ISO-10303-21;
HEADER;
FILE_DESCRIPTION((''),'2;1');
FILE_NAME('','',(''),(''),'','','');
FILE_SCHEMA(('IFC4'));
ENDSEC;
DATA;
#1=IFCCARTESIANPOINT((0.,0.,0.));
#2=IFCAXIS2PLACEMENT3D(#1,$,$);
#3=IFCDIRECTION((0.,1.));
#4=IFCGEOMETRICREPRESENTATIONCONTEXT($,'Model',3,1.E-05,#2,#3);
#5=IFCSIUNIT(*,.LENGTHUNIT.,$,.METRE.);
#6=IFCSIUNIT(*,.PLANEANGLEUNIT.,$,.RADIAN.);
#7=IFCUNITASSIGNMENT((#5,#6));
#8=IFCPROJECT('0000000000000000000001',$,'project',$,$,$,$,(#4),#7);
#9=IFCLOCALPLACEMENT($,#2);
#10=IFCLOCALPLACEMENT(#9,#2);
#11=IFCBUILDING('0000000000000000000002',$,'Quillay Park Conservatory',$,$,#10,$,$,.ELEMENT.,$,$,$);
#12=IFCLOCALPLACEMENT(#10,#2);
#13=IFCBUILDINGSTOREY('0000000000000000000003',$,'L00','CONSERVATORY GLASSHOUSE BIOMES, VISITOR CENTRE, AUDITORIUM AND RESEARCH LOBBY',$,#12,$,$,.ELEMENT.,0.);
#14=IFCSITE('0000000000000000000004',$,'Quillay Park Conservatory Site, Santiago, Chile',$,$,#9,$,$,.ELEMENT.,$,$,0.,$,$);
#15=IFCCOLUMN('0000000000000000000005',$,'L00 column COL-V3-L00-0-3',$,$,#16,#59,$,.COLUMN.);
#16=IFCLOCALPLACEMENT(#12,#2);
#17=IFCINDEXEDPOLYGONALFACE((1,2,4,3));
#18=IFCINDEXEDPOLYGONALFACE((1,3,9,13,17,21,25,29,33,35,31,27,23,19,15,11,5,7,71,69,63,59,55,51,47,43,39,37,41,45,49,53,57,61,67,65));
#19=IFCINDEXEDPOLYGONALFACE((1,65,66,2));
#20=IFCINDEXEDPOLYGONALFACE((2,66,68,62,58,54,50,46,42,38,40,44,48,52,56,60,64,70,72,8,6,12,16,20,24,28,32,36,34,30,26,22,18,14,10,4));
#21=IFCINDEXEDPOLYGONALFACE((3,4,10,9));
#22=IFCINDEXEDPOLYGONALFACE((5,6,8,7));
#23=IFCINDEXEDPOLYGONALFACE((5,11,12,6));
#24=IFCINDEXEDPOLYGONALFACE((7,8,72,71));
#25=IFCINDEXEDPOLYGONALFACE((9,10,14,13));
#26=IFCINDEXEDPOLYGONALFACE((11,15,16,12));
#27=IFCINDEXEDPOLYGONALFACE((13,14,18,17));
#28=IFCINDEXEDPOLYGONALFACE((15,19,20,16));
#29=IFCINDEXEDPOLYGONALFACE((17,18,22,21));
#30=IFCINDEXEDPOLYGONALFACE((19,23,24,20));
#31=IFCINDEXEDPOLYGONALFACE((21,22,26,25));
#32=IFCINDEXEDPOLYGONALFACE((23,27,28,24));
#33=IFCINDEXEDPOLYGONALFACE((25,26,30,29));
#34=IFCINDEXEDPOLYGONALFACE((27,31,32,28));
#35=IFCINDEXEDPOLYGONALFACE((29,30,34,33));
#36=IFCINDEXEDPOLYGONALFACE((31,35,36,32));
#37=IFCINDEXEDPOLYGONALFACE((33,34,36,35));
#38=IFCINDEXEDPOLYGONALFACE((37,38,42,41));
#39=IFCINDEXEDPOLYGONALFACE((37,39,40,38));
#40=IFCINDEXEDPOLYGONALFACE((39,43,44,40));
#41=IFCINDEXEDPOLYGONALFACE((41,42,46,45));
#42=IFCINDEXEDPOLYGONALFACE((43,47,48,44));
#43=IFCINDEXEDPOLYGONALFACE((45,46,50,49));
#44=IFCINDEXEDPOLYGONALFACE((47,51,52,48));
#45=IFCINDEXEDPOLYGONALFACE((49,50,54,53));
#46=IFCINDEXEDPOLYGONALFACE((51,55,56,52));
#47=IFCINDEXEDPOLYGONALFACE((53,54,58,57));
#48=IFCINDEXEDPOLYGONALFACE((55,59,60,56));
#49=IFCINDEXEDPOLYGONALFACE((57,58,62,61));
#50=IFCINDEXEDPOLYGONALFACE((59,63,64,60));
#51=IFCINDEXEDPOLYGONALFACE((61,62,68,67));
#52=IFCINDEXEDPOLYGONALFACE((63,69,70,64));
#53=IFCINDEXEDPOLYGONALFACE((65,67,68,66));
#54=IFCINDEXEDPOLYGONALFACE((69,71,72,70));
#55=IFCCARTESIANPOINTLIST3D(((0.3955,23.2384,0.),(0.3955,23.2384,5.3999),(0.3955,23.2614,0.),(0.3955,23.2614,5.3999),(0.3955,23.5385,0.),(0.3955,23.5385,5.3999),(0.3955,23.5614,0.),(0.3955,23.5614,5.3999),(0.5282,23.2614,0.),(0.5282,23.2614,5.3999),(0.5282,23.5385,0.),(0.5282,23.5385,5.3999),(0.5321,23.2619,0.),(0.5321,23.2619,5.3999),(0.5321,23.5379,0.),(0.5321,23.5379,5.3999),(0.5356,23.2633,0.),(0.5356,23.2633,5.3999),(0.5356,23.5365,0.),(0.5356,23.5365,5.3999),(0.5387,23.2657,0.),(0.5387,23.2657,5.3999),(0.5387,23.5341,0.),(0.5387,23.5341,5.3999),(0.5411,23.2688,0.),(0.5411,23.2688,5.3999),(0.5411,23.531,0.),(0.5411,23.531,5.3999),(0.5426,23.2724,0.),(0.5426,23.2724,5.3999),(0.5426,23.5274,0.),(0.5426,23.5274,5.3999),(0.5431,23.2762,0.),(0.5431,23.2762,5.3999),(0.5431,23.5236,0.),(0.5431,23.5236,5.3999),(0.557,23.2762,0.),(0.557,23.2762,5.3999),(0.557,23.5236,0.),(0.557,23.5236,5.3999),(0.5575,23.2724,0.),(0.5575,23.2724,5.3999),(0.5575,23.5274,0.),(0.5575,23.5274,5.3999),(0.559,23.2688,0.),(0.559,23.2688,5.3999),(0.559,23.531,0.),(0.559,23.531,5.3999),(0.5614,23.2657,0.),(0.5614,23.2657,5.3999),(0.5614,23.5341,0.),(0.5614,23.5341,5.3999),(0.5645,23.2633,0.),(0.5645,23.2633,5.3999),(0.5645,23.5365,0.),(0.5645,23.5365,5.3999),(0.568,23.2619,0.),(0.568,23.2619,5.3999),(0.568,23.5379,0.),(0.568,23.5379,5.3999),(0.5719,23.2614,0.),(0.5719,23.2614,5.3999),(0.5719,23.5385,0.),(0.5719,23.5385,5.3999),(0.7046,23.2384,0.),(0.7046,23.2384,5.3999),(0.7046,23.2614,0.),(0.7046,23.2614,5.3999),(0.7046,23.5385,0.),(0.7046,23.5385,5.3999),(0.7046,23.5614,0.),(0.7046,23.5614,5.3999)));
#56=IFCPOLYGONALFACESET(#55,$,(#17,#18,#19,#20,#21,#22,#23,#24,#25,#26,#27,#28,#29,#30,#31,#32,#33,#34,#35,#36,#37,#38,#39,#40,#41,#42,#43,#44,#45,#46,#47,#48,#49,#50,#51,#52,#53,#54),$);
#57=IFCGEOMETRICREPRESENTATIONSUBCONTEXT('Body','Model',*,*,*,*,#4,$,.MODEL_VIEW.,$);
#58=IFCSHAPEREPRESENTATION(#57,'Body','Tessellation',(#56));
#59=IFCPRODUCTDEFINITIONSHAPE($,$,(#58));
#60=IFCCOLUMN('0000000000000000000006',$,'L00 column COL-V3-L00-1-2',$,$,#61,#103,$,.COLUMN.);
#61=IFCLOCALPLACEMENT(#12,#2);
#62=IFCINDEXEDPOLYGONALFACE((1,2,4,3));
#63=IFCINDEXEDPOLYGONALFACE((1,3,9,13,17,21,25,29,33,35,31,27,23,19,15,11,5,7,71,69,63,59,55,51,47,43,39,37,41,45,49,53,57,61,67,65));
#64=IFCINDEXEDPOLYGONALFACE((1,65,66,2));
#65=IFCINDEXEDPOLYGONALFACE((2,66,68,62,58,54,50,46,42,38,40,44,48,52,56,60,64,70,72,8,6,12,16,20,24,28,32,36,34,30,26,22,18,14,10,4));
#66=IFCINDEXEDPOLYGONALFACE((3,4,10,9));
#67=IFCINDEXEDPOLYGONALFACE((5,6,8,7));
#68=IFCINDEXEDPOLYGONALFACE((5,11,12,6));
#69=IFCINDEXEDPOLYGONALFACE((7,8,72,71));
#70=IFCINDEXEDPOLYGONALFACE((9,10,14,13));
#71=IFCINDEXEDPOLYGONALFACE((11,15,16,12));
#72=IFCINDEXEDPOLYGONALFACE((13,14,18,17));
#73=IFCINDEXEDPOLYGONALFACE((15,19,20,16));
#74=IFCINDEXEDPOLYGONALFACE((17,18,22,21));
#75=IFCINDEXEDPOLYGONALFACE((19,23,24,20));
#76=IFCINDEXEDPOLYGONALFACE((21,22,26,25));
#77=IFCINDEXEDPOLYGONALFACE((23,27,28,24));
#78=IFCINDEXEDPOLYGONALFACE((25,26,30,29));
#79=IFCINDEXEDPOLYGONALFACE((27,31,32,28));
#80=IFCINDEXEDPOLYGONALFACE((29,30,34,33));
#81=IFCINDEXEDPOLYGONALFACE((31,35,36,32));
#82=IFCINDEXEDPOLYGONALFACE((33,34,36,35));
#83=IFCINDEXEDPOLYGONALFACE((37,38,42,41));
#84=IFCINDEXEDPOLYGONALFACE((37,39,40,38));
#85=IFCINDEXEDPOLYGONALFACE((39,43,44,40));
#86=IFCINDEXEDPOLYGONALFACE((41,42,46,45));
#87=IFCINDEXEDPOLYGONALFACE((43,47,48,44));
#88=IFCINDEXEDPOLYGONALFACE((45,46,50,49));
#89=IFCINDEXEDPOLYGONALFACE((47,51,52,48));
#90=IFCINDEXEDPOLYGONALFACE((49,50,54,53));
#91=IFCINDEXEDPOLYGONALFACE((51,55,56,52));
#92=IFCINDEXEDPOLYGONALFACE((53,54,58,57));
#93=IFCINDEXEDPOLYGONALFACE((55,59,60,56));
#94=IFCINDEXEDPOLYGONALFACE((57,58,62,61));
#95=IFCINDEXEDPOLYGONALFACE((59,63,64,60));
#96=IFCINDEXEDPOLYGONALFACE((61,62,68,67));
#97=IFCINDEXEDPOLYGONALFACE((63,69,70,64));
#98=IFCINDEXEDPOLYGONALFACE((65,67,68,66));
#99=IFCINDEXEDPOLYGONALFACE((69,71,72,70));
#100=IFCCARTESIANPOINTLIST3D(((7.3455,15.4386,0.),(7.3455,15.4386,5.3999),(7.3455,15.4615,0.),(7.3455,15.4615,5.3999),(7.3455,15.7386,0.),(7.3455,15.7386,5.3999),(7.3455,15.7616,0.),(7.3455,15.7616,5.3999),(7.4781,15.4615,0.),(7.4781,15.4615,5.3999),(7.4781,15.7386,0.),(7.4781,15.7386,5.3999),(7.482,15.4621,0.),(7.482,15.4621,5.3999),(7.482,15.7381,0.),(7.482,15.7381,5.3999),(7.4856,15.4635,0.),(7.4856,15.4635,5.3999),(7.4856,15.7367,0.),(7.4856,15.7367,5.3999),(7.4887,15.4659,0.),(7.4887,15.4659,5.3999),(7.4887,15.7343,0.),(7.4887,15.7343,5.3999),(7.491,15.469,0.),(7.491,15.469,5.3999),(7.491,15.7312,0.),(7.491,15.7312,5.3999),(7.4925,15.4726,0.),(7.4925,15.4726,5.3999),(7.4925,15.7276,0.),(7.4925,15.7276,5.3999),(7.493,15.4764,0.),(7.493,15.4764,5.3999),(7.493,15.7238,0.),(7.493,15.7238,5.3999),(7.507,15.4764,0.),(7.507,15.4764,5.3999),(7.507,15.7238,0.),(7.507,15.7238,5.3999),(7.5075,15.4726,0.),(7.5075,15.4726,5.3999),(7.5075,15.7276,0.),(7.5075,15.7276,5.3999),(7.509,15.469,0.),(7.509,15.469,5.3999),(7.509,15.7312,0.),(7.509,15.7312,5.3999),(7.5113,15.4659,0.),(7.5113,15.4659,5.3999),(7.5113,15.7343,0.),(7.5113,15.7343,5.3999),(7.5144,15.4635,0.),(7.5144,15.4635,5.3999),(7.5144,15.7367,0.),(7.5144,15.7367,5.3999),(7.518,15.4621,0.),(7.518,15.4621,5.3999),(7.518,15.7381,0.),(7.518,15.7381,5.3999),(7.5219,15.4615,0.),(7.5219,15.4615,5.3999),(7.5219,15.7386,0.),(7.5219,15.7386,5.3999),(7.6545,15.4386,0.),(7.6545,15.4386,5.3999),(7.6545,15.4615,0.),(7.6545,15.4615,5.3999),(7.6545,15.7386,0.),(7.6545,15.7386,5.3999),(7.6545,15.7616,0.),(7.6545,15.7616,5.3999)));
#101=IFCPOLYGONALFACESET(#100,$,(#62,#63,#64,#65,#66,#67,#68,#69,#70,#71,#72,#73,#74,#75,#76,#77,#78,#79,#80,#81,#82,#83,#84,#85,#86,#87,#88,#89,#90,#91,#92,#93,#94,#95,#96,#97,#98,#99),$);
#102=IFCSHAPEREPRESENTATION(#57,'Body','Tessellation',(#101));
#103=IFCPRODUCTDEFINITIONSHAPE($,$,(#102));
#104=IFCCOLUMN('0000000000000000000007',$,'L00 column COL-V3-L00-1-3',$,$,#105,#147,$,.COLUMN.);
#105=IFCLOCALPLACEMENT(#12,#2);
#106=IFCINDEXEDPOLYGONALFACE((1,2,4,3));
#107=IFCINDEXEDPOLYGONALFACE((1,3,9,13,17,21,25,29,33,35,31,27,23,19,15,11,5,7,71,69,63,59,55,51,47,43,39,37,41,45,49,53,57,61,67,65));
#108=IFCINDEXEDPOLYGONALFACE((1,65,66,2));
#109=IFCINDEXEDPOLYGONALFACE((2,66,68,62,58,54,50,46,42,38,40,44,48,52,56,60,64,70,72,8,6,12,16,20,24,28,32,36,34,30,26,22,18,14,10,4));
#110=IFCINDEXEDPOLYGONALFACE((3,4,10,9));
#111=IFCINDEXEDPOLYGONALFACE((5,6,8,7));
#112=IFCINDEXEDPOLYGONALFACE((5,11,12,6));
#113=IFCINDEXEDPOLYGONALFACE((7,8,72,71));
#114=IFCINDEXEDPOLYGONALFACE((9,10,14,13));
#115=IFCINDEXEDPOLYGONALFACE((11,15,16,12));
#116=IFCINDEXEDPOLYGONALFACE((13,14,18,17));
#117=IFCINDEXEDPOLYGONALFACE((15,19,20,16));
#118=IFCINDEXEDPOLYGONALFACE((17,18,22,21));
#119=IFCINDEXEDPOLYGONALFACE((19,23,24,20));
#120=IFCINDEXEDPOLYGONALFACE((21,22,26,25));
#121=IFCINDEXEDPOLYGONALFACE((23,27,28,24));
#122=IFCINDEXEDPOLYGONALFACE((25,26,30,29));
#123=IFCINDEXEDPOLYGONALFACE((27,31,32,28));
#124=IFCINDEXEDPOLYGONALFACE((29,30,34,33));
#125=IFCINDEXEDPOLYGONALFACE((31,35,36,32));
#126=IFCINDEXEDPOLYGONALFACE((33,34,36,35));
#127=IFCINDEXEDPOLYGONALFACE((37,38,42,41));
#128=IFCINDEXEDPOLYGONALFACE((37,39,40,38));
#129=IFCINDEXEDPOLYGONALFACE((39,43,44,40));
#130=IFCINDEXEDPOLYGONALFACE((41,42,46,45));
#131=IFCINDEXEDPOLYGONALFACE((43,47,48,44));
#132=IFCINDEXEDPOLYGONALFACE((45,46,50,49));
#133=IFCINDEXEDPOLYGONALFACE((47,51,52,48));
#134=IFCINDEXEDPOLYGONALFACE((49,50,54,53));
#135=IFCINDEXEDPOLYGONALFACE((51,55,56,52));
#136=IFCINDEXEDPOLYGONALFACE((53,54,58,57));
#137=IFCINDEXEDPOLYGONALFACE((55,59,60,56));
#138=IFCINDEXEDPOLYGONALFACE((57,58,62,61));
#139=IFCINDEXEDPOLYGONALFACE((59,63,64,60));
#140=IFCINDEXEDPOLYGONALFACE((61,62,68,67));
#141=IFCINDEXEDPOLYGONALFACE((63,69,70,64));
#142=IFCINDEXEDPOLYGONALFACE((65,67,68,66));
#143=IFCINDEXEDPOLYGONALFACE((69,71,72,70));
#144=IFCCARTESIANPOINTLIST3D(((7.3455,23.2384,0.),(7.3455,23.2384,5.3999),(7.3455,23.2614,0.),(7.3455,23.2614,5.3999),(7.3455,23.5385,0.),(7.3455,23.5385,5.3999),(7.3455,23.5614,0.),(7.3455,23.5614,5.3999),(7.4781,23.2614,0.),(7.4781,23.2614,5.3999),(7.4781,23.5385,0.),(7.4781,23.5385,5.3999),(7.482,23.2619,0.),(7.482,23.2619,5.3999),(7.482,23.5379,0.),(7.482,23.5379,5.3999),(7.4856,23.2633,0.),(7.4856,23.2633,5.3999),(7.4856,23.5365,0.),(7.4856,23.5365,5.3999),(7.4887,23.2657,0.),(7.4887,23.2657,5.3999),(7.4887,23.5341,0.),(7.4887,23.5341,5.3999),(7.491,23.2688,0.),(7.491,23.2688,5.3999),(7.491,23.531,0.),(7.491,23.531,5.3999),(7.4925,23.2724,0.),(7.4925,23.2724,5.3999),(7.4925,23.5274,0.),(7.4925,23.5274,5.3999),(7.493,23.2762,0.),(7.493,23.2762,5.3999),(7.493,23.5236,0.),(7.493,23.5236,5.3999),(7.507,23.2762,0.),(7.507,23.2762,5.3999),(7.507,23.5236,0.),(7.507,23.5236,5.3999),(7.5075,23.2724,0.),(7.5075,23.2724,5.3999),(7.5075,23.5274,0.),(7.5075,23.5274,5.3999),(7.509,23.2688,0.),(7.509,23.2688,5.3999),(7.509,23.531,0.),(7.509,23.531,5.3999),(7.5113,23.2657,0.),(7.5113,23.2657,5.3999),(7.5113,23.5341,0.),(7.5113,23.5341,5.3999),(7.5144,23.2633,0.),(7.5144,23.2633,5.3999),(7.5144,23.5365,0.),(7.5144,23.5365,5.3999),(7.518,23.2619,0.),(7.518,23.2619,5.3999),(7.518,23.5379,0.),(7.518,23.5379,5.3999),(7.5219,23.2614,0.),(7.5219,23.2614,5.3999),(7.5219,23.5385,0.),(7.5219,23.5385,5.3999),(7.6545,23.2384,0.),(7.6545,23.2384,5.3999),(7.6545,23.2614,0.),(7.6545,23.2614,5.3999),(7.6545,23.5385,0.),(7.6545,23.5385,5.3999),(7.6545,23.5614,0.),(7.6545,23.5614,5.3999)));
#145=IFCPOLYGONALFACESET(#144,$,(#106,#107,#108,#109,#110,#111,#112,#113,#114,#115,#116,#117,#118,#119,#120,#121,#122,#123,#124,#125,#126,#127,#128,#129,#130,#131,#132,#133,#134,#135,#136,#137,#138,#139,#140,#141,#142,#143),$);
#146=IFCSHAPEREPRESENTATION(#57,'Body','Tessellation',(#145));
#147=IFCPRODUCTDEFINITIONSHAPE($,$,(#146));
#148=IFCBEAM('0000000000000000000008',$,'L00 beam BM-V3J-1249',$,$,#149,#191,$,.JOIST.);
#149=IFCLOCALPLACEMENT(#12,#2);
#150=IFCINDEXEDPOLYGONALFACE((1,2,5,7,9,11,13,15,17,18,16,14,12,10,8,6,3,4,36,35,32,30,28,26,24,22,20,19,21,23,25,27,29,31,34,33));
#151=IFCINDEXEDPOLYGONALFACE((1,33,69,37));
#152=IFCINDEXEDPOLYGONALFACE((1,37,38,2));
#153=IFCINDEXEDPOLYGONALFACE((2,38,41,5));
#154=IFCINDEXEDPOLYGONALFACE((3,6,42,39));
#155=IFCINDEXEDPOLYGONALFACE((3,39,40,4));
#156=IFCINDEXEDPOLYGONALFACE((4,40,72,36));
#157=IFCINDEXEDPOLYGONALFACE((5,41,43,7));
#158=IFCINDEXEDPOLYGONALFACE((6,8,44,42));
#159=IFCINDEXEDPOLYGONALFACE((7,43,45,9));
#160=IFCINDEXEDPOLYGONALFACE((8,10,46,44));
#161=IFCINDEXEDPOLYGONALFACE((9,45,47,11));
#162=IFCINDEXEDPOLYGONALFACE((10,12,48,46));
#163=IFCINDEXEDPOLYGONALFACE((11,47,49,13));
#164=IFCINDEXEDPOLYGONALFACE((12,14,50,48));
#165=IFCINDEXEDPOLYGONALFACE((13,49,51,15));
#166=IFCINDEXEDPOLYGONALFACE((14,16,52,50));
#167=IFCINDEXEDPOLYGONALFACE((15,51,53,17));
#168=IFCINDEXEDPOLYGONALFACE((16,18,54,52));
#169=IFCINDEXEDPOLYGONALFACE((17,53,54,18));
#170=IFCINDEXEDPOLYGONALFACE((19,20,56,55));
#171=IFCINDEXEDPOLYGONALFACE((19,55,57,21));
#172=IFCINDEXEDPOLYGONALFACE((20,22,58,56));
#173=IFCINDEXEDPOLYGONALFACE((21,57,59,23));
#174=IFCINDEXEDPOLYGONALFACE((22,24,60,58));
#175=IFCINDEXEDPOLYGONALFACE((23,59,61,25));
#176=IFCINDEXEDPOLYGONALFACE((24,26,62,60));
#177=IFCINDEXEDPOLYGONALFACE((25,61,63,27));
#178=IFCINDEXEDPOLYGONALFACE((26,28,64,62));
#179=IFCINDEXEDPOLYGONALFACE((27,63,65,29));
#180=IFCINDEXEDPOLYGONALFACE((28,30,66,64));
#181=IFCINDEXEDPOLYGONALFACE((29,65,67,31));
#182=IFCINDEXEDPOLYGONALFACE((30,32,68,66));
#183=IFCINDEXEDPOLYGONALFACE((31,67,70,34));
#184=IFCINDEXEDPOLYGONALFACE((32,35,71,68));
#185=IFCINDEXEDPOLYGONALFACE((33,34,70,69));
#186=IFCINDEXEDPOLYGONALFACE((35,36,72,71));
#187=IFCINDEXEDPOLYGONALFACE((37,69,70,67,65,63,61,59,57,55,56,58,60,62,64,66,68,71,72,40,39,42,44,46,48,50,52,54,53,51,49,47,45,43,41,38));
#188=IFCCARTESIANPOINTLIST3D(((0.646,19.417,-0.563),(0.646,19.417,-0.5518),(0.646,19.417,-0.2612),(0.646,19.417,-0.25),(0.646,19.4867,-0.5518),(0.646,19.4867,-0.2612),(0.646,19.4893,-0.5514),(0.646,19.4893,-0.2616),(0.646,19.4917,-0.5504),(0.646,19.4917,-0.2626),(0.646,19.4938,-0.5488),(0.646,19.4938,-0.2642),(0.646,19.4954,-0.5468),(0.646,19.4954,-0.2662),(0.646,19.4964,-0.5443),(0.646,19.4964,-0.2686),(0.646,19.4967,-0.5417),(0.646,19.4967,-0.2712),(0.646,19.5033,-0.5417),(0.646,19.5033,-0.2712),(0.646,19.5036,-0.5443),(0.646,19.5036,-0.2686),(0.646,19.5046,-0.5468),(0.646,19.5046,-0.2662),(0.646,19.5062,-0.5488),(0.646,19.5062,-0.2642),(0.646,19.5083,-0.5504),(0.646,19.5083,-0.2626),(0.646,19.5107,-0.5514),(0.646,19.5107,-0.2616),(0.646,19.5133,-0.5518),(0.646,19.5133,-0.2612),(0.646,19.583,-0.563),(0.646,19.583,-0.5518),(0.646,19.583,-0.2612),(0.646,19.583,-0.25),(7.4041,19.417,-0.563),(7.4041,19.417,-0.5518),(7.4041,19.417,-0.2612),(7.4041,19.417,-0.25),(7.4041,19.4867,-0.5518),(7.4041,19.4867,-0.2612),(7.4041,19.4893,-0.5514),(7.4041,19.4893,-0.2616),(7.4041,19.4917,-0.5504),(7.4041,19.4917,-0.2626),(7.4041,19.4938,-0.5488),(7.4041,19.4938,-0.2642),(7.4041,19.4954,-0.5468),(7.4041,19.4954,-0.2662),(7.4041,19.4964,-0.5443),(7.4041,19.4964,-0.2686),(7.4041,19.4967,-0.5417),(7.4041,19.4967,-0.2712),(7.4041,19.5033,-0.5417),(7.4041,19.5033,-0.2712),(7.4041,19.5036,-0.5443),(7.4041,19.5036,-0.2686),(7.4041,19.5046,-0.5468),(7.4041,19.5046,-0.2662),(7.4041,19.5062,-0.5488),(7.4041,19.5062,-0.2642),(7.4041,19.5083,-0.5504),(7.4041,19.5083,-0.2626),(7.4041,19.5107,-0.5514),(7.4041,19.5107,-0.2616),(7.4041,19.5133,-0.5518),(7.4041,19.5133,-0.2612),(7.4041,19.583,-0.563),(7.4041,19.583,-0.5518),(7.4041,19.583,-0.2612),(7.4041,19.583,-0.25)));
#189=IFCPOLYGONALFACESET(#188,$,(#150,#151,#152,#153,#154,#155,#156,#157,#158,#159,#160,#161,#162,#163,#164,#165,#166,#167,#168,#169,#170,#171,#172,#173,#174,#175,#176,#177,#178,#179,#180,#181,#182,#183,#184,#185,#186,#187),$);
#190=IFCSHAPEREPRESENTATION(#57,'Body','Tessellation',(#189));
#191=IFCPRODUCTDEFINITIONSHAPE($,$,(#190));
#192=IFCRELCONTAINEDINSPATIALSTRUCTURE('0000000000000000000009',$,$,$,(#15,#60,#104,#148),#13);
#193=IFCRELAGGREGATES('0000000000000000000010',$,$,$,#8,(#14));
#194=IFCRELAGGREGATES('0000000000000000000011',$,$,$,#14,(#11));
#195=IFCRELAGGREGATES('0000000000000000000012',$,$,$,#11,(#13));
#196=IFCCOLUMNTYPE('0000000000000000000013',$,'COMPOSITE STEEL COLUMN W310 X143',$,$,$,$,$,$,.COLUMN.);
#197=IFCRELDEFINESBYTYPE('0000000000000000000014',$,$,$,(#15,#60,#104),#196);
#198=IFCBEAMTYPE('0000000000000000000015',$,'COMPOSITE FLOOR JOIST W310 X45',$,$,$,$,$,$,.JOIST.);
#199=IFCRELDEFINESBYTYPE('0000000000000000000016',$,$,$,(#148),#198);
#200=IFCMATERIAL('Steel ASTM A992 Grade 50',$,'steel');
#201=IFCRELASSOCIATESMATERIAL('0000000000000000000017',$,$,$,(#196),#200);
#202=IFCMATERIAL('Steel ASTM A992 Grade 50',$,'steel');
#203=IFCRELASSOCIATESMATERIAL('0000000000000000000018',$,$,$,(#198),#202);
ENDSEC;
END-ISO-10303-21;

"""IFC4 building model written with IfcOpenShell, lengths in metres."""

from ifc_helpers import new_model, si_unit, direction, frame, origin, origin_2d, place, context, subcontext, project, spatial, i_section, extrude, material, material_profile, profile_set, type_object, element, save


model = new_model("IFC4")

# Units and contexts
model_context = context("Model", 3, precision=1e-05, world=origin(), true_north=direction((0.0, 1.0)))
body_context = subcontext(model_context, "Body", "Model", "MODEL_VIEW")
ifc_project = project(units=[si_unit("LENGTHUNIT", "METRE"), si_unit("PLANEANGLEUNIT", "RADIAN")], contexts=[model_context])

# Site, building, storey
site_placement = place(None, origin())
site = spatial("IfcSite", under=ifc_project, at=site_placement, Name="Quillay Park Conservatory Site, Santiago, Chile", CompositionType="ELEMENT", RefElevation=0.0)
building_placement = place(site_placement, origin())
building = spatial("IfcBuilding", under=site, at=building_placement, Name="Quillay Park Conservatory", CompositionType="ELEMENT")
storey_placement = place(building_placement, origin())
storey = spatial("IfcBuildingStorey", under=building, at=storey_placement, Name="L00", Description="CONSERVATORY GLASSHOUSE BIOMES, VISITOR CENTRE, AUDITORIUM AND RESEARCH LOBBY", CompositionType="ELEMENT", Elevation=0.0)

# Columns
ifc_material_1 = material(Name="Steel ASTM A992 Grade 50", Category="steel")
ifc_material_profile_1 = material_profile(ifc_material_1, i_section(OverallWidth=0.3091, OverallDepth=0.323, WebThickness=0.0139, FlangeThickness=0.0229, FilletRadius=0.0149, at=origin_2d()), Name="W310x143")
ifc_profile_set_1 = profile_set([ifc_material_profile_1], Name="Steel ASTM A992 Grade 50")
column_type = type_object("IfcColumnType", Name="COMPOSITE STEEL COLUMN W310 X143", PredefinedType="COLUMN", material=ifc_profile_set_1)
for number, where, z_axis, x_axis, name in (
    (1, (0.55, 23.3999, 0.0), (0.0, 0.0, 1.0), (1.0, 0.0, 0.0), "L00 column COL-V3-L00-0-3"),
    (2, (7.5, 15.6001, 0.0), (0.0, 0.0, 1.0), (1.0, 0.0, 0.0), "L00 column COL-V3-L00-1-2"),
    (3, (7.5, 23.3999, 0.0), (0.0, 0.0, 1.0), (1.0, 0.0, 0.0), "L00 column COL-V3-L00-1-3"),
):
    element("IfcColumn", number, at=place(storey_placement, frame(where, z_axis=z_axis, x_axis=x_axis)), inside=storey, type_object=column_type, Name=name, PredefinedType="COLUMN", context=body_context, shape_type="SweptSolid", body=[
        extrude(i_section(OverallWidth=0.3091, OverallDepth=0.323, WebThickness=0.0139, FlangeThickness=0.0229, FilletRadius=0.0149, at=origin_2d()), origin(), (0.0, 0.0, 1.0), 5.3999),
    ])

# Beam
ifc_material_2 = material(Name="Steel ASTM A992 Grade 50", Category="steel")
ifc_material_profile_2 = material_profile(ifc_material_2, i_section(OverallWidth=0.166, OverallDepth=0.313, WebThickness=0.0066, FlangeThickness=0.0112, FilletRadius=0.01, at=origin_2d()), Name="W310x45")
ifc_profile_set_2 = profile_set([ifc_material_profile_2], Name="Steel ASTM A992 Grade 50")
beam_type_1 = type_object("IfcBeamType", Name="COMPOSITE FLOOR JOIST W310 X45", PredefinedType="JOIST", material=ifc_profile_set_2)
beam_1_placement = place(storey_placement, frame((0.646, 19.5, -0.4065), z_axis=(1.0, 0.0, 0.0), x_axis=(0.0, 1.0, 0.0)))
element("IfcBeam", 4, at=beam_1_placement, inside=storey, type_object=beam_type_1, Name="L00 beam BM-V3J-1249", PredefinedType="JOIST", context=body_context, shape_type="SweptSolid", body=[
    extrude(i_section(OverallWidth=0.166, OverallDepth=0.313, WebThickness=0.0066, FlangeThickness=0.0112, FilletRadius=0.01, at=origin_2d()), origin(), (0.0, 0.0, 1.0), 6.7581),
])

save(model, "model.ifc")
